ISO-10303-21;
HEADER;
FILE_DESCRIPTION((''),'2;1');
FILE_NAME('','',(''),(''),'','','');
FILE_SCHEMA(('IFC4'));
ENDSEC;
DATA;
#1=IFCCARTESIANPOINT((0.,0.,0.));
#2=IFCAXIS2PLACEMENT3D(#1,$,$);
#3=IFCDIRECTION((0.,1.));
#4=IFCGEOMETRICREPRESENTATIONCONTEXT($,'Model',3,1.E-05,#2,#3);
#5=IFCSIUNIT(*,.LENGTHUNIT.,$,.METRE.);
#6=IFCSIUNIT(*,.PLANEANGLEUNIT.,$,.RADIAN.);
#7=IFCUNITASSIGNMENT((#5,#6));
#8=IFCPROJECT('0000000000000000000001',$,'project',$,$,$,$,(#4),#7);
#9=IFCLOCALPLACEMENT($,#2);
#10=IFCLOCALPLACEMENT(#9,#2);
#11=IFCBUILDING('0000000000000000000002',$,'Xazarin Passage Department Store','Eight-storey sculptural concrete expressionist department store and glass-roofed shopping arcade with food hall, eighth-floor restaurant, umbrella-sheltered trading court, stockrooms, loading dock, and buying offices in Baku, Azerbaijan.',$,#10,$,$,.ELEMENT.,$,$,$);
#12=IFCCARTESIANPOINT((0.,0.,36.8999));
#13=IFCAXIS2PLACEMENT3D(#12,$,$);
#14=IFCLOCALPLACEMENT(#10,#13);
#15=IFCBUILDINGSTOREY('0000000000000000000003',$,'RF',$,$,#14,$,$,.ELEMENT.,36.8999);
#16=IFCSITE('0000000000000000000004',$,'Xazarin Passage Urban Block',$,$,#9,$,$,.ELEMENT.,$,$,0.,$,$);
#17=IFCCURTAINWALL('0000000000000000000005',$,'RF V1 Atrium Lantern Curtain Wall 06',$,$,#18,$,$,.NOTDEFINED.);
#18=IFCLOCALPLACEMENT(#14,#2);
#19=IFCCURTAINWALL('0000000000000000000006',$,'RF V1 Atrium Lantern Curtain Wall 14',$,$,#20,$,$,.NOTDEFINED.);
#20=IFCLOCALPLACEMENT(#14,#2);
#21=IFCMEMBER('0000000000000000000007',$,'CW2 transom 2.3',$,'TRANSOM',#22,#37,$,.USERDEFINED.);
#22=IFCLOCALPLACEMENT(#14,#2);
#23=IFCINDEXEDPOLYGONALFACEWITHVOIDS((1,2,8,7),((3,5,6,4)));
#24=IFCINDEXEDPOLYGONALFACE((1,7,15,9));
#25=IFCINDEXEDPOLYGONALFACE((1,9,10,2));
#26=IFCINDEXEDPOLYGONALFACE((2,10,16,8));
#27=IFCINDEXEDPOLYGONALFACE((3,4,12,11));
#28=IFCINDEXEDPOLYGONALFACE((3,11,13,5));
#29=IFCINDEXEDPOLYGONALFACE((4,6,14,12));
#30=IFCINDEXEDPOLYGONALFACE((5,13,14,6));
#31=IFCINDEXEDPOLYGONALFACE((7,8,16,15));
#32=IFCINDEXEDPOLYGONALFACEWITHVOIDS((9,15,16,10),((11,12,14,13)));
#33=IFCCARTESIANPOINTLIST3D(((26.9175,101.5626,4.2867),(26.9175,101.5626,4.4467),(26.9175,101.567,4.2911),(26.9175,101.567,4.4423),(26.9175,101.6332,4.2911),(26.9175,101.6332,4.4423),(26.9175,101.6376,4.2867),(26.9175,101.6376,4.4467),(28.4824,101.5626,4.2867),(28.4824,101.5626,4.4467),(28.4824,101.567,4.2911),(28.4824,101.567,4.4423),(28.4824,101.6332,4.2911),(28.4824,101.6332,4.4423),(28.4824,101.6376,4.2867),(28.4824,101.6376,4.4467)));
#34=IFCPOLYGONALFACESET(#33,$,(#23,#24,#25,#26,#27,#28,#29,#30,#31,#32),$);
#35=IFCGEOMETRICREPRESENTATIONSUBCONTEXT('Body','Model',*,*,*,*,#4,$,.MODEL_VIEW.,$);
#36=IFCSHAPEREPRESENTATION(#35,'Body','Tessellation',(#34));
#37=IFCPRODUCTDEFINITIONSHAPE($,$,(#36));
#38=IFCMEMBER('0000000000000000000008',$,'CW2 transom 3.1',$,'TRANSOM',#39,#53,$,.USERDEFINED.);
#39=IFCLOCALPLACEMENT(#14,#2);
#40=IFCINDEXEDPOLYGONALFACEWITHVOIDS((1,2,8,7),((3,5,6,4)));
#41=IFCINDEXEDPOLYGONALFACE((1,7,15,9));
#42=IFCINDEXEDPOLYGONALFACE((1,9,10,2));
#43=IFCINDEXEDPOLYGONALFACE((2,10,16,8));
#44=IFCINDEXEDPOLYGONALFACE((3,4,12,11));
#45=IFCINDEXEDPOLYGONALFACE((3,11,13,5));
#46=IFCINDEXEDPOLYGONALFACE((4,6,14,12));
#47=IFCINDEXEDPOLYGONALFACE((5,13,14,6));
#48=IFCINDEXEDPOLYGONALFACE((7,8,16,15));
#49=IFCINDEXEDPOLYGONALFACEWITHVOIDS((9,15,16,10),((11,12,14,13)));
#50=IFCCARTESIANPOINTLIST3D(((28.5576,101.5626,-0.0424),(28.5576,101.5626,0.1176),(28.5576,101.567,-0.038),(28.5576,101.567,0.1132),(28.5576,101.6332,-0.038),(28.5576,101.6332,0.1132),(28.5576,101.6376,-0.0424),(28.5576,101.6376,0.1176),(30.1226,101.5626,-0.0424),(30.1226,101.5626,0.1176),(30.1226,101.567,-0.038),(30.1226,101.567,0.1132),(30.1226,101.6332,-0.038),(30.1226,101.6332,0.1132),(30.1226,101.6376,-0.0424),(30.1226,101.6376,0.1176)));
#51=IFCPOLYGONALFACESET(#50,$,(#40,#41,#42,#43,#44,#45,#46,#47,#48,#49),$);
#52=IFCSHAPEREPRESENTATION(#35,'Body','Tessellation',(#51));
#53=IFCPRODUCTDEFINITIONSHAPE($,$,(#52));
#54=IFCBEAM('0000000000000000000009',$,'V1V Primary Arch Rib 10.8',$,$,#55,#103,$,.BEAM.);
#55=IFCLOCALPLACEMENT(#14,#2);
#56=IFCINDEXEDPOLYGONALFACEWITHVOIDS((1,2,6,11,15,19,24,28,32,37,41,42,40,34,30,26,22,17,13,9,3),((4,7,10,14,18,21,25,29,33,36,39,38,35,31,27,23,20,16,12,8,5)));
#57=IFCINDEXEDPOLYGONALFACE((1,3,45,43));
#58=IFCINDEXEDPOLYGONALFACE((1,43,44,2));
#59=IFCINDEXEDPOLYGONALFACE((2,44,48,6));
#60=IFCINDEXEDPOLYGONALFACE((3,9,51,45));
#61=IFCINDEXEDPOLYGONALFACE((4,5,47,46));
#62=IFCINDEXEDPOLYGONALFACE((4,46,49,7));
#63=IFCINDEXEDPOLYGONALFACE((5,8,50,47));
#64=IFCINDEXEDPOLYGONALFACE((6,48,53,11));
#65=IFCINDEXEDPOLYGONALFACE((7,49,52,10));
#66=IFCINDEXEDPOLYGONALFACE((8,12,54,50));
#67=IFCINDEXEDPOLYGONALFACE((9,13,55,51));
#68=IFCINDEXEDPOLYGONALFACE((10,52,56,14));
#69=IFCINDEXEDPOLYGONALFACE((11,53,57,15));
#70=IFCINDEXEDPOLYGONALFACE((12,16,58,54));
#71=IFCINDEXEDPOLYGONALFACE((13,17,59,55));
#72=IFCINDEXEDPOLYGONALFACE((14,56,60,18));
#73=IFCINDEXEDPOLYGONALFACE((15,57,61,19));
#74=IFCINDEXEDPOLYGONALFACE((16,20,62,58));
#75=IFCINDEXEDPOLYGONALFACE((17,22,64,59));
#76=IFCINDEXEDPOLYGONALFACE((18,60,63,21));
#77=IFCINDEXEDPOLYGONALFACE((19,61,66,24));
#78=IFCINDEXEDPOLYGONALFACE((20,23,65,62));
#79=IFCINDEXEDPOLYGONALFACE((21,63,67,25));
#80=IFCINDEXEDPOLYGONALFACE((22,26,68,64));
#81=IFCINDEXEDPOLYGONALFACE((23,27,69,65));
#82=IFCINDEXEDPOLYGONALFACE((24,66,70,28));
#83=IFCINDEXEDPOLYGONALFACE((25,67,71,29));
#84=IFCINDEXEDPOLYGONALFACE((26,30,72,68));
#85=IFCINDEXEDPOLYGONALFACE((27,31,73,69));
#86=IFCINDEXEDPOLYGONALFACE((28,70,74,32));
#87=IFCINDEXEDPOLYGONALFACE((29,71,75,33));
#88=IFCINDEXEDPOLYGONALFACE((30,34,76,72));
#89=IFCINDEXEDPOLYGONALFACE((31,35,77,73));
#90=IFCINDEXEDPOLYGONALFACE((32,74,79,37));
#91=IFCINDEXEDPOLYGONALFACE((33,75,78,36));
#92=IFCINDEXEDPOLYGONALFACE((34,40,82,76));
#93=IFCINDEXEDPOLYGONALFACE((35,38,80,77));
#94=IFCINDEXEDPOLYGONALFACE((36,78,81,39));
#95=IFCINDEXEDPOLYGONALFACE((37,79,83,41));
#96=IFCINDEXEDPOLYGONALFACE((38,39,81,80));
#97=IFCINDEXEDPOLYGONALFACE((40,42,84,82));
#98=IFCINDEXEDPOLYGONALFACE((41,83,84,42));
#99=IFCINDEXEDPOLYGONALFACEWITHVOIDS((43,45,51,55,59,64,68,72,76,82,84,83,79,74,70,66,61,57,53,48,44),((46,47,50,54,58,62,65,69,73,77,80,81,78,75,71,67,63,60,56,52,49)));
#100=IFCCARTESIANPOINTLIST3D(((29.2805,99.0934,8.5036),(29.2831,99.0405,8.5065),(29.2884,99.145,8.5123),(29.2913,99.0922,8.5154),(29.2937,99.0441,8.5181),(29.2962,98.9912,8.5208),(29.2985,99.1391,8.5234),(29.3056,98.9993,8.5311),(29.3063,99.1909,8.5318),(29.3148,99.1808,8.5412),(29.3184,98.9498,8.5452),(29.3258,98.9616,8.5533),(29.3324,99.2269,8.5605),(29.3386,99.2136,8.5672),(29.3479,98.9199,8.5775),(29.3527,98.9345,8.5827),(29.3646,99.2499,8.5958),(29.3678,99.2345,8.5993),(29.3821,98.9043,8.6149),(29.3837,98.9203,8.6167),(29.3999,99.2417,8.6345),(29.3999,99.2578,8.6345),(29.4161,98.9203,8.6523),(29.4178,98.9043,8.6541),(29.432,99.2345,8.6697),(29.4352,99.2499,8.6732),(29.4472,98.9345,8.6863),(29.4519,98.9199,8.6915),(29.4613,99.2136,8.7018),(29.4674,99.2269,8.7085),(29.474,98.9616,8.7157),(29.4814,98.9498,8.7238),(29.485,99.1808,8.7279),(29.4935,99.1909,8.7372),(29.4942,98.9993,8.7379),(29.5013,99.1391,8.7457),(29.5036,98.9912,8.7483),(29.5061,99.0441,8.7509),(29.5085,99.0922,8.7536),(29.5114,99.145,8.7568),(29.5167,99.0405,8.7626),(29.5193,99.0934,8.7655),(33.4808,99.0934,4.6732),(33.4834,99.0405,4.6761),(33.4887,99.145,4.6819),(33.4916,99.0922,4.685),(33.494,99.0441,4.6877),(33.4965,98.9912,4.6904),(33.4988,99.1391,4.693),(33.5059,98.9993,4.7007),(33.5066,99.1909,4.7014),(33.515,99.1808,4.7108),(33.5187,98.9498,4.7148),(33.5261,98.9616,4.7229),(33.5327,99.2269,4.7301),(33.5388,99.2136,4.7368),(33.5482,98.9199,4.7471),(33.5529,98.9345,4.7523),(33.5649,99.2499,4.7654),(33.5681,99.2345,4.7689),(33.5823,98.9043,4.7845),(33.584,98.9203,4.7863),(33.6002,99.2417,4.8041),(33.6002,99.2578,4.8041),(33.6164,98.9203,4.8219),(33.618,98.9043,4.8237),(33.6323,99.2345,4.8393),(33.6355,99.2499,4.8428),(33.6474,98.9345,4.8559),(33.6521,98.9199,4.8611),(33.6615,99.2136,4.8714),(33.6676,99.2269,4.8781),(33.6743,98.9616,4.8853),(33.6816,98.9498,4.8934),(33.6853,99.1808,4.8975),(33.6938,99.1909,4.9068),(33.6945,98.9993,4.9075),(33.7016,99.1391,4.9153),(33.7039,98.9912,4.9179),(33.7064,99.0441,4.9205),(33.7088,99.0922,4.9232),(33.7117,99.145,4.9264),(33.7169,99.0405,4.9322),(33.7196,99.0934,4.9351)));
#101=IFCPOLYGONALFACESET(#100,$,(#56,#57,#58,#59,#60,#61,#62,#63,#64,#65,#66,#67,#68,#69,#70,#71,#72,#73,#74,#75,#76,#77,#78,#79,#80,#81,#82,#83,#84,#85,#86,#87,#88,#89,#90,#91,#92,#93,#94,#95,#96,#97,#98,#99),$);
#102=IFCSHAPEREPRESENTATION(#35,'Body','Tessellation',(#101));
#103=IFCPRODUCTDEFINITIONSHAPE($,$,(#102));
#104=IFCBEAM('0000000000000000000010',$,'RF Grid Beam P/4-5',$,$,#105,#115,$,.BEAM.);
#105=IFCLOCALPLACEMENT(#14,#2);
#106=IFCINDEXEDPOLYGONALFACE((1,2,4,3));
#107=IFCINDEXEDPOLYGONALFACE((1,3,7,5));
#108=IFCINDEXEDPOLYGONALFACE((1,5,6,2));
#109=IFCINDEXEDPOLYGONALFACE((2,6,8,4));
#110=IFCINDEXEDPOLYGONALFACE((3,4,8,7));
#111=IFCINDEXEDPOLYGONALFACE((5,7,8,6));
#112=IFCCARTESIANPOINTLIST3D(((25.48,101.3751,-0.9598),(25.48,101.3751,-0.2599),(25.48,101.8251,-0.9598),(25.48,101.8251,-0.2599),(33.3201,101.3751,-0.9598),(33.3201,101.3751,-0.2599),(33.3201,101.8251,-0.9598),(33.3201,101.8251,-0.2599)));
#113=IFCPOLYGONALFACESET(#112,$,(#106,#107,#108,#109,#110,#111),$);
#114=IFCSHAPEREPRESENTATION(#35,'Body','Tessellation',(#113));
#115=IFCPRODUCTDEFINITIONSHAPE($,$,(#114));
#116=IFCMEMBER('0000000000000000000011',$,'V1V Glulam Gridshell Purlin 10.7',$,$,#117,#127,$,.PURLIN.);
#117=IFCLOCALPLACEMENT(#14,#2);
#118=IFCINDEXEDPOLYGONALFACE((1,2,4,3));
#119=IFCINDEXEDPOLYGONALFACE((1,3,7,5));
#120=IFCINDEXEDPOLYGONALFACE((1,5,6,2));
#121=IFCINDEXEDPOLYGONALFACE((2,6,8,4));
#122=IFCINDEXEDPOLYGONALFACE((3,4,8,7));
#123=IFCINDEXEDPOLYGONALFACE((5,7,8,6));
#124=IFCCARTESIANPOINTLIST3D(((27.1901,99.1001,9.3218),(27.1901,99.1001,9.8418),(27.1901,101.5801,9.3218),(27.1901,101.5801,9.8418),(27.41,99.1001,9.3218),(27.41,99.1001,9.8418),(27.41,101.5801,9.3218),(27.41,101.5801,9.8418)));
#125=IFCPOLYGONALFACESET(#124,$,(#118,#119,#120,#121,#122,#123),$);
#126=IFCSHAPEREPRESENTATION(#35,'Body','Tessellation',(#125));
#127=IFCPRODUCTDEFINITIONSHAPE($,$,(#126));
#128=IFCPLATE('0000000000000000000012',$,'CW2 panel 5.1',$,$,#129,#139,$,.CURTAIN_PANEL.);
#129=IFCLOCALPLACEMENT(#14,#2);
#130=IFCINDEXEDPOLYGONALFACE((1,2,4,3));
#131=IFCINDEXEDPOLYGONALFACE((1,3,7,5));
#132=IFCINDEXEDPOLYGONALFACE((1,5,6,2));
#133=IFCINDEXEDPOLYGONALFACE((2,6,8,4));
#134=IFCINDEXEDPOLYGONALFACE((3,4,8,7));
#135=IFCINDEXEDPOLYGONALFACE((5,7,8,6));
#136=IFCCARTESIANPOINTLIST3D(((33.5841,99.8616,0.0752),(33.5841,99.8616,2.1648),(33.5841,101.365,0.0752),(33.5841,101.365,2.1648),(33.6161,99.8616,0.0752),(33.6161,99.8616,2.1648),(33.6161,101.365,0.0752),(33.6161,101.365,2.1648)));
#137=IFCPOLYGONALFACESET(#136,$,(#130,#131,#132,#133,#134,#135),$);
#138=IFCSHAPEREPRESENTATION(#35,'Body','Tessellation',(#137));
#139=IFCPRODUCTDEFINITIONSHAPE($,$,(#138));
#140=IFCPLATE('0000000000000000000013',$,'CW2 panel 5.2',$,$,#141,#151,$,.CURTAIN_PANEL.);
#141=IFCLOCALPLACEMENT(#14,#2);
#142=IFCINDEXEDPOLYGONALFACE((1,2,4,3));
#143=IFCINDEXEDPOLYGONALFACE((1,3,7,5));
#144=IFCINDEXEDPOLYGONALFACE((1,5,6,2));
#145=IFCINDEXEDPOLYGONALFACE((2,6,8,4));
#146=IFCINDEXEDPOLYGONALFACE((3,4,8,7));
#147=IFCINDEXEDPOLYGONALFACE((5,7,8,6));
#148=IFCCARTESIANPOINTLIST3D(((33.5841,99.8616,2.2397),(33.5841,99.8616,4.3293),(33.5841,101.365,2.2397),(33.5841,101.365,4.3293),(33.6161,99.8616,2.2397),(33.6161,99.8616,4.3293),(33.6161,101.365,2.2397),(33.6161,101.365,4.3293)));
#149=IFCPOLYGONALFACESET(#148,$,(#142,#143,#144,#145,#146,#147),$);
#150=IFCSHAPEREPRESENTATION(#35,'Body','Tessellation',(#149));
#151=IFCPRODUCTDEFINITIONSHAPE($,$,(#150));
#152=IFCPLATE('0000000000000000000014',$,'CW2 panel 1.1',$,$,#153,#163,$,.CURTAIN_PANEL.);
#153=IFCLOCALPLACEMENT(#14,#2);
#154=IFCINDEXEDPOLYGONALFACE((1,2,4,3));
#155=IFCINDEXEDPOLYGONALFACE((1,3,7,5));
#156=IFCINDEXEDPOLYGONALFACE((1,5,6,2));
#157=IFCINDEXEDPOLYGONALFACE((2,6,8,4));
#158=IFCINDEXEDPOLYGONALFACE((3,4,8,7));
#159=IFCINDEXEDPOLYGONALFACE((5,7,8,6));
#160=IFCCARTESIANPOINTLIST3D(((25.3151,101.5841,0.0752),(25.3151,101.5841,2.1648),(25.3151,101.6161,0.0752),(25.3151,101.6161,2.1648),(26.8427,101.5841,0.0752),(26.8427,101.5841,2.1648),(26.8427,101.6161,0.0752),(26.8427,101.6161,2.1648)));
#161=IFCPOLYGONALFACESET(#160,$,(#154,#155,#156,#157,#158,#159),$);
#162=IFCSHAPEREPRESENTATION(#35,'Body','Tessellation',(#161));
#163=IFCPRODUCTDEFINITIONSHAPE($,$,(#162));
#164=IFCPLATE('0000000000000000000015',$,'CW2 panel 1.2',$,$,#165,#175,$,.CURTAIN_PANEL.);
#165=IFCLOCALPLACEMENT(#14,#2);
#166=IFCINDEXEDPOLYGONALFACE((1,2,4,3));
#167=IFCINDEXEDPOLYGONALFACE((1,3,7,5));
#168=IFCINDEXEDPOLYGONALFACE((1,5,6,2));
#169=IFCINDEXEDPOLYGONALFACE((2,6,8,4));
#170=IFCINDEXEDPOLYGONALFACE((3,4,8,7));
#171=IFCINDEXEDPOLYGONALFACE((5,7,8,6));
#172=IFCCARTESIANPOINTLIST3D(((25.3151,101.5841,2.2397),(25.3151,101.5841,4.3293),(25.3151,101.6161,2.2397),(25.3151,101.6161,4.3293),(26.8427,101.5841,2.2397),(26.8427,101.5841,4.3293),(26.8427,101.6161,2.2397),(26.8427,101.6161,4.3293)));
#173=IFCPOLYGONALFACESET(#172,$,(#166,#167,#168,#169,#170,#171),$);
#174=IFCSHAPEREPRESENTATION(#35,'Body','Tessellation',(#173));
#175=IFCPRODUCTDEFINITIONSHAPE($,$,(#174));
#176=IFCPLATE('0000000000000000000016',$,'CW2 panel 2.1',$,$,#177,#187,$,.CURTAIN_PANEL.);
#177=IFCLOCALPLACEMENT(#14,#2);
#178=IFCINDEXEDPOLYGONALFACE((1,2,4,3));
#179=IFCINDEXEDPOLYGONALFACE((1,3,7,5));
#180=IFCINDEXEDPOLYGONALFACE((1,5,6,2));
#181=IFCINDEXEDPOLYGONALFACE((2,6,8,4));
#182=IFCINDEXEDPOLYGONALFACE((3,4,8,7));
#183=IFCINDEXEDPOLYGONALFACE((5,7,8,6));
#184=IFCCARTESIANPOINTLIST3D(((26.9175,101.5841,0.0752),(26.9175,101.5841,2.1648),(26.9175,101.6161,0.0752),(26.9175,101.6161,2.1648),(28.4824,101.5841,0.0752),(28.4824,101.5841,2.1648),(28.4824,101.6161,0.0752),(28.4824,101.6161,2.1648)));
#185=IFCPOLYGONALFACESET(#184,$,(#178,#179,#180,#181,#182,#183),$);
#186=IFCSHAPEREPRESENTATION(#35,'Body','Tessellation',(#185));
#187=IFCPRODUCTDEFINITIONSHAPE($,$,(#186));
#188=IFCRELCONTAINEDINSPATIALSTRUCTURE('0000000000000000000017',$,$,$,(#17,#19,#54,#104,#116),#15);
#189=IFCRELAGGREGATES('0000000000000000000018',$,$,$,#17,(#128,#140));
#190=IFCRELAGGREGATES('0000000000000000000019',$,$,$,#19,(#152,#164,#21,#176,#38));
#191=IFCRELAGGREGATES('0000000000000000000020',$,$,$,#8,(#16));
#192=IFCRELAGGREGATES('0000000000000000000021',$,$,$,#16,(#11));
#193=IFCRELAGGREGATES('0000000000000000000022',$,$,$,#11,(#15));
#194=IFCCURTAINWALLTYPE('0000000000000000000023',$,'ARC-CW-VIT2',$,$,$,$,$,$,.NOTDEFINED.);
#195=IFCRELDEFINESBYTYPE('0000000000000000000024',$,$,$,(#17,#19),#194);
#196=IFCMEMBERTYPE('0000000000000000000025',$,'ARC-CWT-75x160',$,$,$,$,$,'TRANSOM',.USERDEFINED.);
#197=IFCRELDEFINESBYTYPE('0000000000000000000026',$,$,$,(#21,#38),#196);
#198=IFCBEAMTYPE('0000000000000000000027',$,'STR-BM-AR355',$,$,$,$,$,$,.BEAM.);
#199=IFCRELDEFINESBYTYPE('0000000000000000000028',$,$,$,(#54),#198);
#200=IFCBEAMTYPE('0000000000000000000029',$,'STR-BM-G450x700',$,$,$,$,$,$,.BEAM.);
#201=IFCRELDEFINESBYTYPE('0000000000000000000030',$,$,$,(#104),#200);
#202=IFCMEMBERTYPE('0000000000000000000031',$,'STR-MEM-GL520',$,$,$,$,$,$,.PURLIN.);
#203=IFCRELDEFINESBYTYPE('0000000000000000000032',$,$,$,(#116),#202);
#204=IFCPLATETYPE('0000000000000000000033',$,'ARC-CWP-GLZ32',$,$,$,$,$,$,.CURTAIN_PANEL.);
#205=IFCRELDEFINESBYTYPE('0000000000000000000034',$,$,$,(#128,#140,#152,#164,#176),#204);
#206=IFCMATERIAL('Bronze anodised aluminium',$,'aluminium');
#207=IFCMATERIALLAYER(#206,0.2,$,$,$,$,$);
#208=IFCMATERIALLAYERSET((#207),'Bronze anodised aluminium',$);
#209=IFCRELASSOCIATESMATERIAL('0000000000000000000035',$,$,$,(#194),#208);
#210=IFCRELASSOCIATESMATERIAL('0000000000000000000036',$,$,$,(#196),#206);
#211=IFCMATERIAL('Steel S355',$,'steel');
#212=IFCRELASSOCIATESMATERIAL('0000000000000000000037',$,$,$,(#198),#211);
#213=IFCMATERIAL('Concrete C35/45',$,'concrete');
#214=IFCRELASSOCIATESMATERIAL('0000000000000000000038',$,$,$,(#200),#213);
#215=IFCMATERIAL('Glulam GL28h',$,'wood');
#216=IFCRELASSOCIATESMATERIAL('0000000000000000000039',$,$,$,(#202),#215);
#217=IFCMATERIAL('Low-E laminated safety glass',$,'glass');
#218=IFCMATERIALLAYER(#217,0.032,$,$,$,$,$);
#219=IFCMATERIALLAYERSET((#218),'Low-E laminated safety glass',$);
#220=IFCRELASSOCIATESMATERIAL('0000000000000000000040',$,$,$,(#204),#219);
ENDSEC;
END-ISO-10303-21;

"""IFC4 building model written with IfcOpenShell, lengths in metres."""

from ifc_helpers import new_model, si_unit, direction, frame, origin, origin_2d, place, context, subcontext, project, spatial, rectangle, hollow_rectangle, hollow_circle, extrude, material, layer, layer_set, material_profile, profile_set, type_object, element, aggregate, save


model = new_model("IFC4")

# Units and contexts
model_context = context("Model", 3, precision=1e-05, world=origin(), true_north=direction((0.0, 1.0)))
body_context = subcontext(model_context, "Body", "Model", "MODEL_VIEW")
ifc_project = project(units=[si_unit("LENGTHUNIT", "METRE"), si_unit("PLANEANGLEUNIT", "RADIAN")], contexts=[model_context])

# Site, building, storey
site_placement = place(None, origin())
site = spatial("IfcSite", under=ifc_project, at=site_placement, Name="Xazarin Passage Urban Block", CompositionType="ELEMENT", RefElevation=0.0)
building_placement = place(site_placement, origin())
building = spatial("IfcBuilding", under=site, at=building_placement, Name="Xazarin Passage Department Store", Description="Eight-storey sculptural concrete expressionist department store and glass-roofed shopping arcade with food hall, eighth-floor restaurant, umbrella-sheltered trading court, stockrooms, loading dock, and buying offices in Baku, Azerbaijan.", CompositionType="ELEMENT")
storey_placement = place(building_placement, frame((0.0, 0.0, 36.8999)))
storey = spatial("IfcBuildingStorey", under=building, at=storey_placement, Name="RF", CompositionType="ELEMENT", Elevation=36.8999)

# Curtain walls
ifc_material_1 = material(Name="Bronze anodised aluminium", Category="aluminium")
ifc_layer_1 = layer(ifc_material_1, 0.2)
ifc_layer_set_1 = layer_set([ifc_layer_1], Name="Bronze anodised aluminium")
curtain_wall_type = type_object("IfcCurtainWallType", Name="ARC-CW-VIT2", PredefinedType="NOTDEFINED", material=ifc_layer_set_1)
curtain_wall_1_placement = place(storey_placement, origin())
curtain_wall_1 = element("IfcCurtainWall", 1, at=curtain_wall_1_placement, inside=storey, type_object=curtain_wall_type, Name="RF V1 Atrium Lantern Curtain Wall 06", PredefinedType="NOTDEFINED")
curtain_wall_2_placement = place(storey_placement, origin())
curtain_wall_2 = element("IfcCurtainWall", 2, at=curtain_wall_2_placement, inside=storey, type_object=curtain_wall_type, Name="RF V1 Atrium Lantern Curtain Wall 14", PredefinedType="NOTDEFINED")

# Members
ifc_material_profile_1 = material_profile(ifc_material_1, hollow_rectangle(XDim=0.075, YDim=0.1599, WallThickness=0.0044, at=origin_2d()), Name="ALU 75x160")
ifc_profile_set_1 = profile_set([ifc_material_profile_1], Name="Bronze anodised aluminium")
member_type_1 = type_object("IfcMemberType", Name="ARC-CWT-75x160", ElementType="TRANSOM", PredefinedType="USERDEFINED", material=ifc_profile_set_1)
member_1_placement = place(storey_placement, frame((26.9175, 101.6001, 4.3667), z_axis=(1.0, 0.0, 0.0), x_axis=(0.0, 1.0, 0.0)))
member_1 = element("IfcMember", 3, at=member_1_placement, type_object=member_type_1, Name="CW2 transom 2.3", ObjectType="TRANSOM", PredefinedType="USERDEFINED", context=body_context, shape_type="SweptSolid", body=[
    extrude(hollow_rectangle(XDim=0.075, YDim=0.1599, WallThickness=0.0044, at=origin_2d()), origin(), (0.0, 0.0, 1.0), 1.5649),
])
member_2_placement = place(storey_placement, frame((28.5576, 101.6001, 0.0376), z_axis=(1.0, 0.0, 0.0), x_axis=(0.0, 1.0, 0.0)))
member_2 = element("IfcMember", 4, at=member_2_placement, type_object=member_type_1, Name="CW2 transom 3.1", ObjectType="TRANSOM", PredefinedType="USERDEFINED", context=body_context, shape_type="SweptSolid", body=[
    extrude(hollow_rectangle(XDim=0.075, YDim=0.1599, WallThickness=0.0044, at=origin_2d()), origin(), (0.0, 0.0, 1.0), 1.5649),
])

# Beams
ifc_material_2 = material(Name="Steel S355", Category="steel")
ifc_material_profile_2 = material_profile(ifc_material_2, hollow_circle(Radius=0.1777, WallThickness=0.0161, at=origin_2d()), Name="CHS 355.6x16")
ifc_profile_set_2 = profile_set([ifc_material_profile_2], Name="Steel S355")
beam_type_1 = type_object("IfcBeamType", Name="STR-BM-AR355", PredefinedType="BEAM", material=ifc_profile_set_2)
beam_1_placement = place(storey_placement, frame((29.3999, 99.0801, 8.6345), z_axis=(0.738892, 0.0, -0.673824), x_axis=(0.0, 1.0, 0.0)))
element("IfcBeam", 5, at=beam_1_placement, inside=storey, type_object=beam_type_1, Name="V1V Primary Arch Rib 10.8", PredefinedType="BEAM", context=body_context, shape_type="SweptSolid", body=[
    extrude(hollow_circle(Radius=0.1777, WallThickness=0.0161, at=origin_2d()), origin(), (0.0, 0.0, 1.0), 5.6846),
])
ifc_material_3 = material(Name="Concrete C35/45", Category="concrete")
ifc_material_profile_3 = material_profile(ifc_material_3, rectangle(XDim=0.45, YDim=0.7, at=origin_2d()), Name="RC 450x700")
ifc_profile_set_3 = profile_set([ifc_material_profile_3], Name="Concrete C35/45")
beam_type_2 = type_object("IfcBeamType", Name="STR-BM-G450x700", PredefinedType="BEAM", material=ifc_profile_set_3)
beam_2_placement = place(storey_placement, frame((25.48, 101.6001, -0.6099), z_axis=(1.0, 0.0, 0.0), x_axis=(0.0, 1.0, 0.0)))
element("IfcBeam", 6, at=beam_2_placement, inside=storey, type_object=beam_type_2, Name="RF Grid Beam P/4-5", PredefinedType="BEAM", context=body_context, shape_type="SweptSolid", body=[
    extrude(rectangle(XDim=0.45, YDim=0.7, at=origin_2d()), origin(), (0.0, 0.0, 1.0), 7.8401),
])

# Member
ifc_material_4 = material(Name="Glulam GL28h", Category="wood")
ifc_material_profile_4 = material_profile(ifc_material_4, rectangle(XDim=0.22, YDim=0.52, at=origin_2d()), Name="GL28h 220x520")
ifc_profile_set_4 = profile_set([ifc_material_profile_4], Name="Glulam GL28h")
member_type_2 = type_object("IfcMemberType", Name="STR-MEM-GL520", PredefinedType="PURLIN", material=ifc_profile_set_4)
member_3_placement = place(storey_placement, frame((27.3, 99.1001, 9.5818), z_axis=(0.0, 1.0, 0.0), x_axis=(-1.0, 0.0, 0.0)))
element("IfcMember", 7, at=member_3_placement, inside=storey, type_object=member_type_2, Name="V1V Glulam Gridshell Purlin 10.7", PredefinedType="PURLIN", context=body_context, shape_type="SweptSolid", body=[
    extrude(rectangle(XDim=0.22, YDim=0.52, at=origin_2d()), origin(), (0.0, 0.0, 1.0), 2.48),
])

# Plates
ifc_material_5 = material(Name="Low-E laminated safety glass", Category="glass")
ifc_layer_2 = layer(ifc_material_5, 0.032)
ifc_layer_set_2 = layer_set([ifc_layer_2], Name="Low-E laminated safety glass")
plate_type_1 = type_object("IfcPlateType", Name="ARC-CWP-GLZ32", PredefinedType="CURTAIN_PANEL", material=ifc_layer_set_2)
plate_1_placement = place(storey_placement, frame((33.6001, 100.6133, 0.0752), z_axis=(0.0, 0.0, 1.0), x_axis=(0.0, 1.0, 0.0)))
plate_1 = element("IfcPlate", 8, at=plate_1_placement, type_object=plate_type_1, Name="CW2 panel 5.1", PredefinedType="CURTAIN_PANEL", context=body_context, shape_type="SweptSolid", body=[
    extrude(rectangle(XDim=1.5034, YDim=0.032, at=origin_2d()), origin(), (0.0, 0.0, 1.0), 2.0896),
])
plate_2_placement = place(storey_placement, frame((33.6001, 100.6133, 2.2397), z_axis=(0.0, 0.0, 1.0), x_axis=(0.0, 1.0, 0.0)))
plate_2 = element("IfcPlate", 9, at=plate_2_placement, type_object=plate_type_1, Name="CW2 panel 5.2", PredefinedType="CURTAIN_PANEL", context=body_context, shape_type="SweptSolid", body=[
    extrude(rectangle(XDim=1.5034, YDim=0.032, at=origin_2d()), origin(), (0.0, 0.0, 1.0), 2.0896),
])
aggregate(curtain_wall_1, [plate_1, plate_2])
plate_3_placement = place(storey_placement, frame((26.0789, 101.6001, 0.0752), z_axis=(0.0, 0.0, 1.0), x_axis=(1.0, 0.0, 0.0)))
plate_3 = element("IfcPlate", 10, at=plate_3_placement, type_object=plate_type_1, Name="CW2 panel 1.1", PredefinedType="CURTAIN_PANEL", context=body_context, shape_type="SweptSolid", body=[
    extrude(rectangle(XDim=1.5276, YDim=0.032, at=origin_2d()), origin(), (0.0, 0.0, 1.0), 2.0896),
])
plate_4_placement = place(storey_placement, frame((26.0789, 101.6001, 2.2397), z_axis=(0.0, 0.0, 1.0), x_axis=(1.0, 0.0, 0.0)))
plate_4 = element("IfcPlate", 11, at=plate_4_placement, type_object=plate_type_1, Name="CW2 panel 1.2", PredefinedType="CURTAIN_PANEL", context=body_context, shape_type="SweptSolid", body=[
    extrude(rectangle(XDim=1.5276, YDim=0.032, at=origin_2d()), origin(), (0.0, 0.0, 1.0), 2.0896),
])
plate_5_placement = place(storey_placement, frame((27.7, 101.6001, 0.0752), z_axis=(0.0, 0.0, 1.0), x_axis=(1.0, 0.0, 0.0)))
plate_5 = element("IfcPlate", 12, at=plate_5_placement, type_object=plate_type_1, Name="CW2 panel 2.1", PredefinedType="CURTAIN_PANEL", context=body_context, shape_type="SweptSolid", body=[
    extrude(rectangle(XDim=1.5649, YDim=0.032, at=origin_2d()), origin(), (0.0, 0.0, 1.0), 2.0896),
])
aggregate(curtain_wall_2, [plate_3, plate_4, member_1, plate_5, member_2])

save(model, "model.ifc")
